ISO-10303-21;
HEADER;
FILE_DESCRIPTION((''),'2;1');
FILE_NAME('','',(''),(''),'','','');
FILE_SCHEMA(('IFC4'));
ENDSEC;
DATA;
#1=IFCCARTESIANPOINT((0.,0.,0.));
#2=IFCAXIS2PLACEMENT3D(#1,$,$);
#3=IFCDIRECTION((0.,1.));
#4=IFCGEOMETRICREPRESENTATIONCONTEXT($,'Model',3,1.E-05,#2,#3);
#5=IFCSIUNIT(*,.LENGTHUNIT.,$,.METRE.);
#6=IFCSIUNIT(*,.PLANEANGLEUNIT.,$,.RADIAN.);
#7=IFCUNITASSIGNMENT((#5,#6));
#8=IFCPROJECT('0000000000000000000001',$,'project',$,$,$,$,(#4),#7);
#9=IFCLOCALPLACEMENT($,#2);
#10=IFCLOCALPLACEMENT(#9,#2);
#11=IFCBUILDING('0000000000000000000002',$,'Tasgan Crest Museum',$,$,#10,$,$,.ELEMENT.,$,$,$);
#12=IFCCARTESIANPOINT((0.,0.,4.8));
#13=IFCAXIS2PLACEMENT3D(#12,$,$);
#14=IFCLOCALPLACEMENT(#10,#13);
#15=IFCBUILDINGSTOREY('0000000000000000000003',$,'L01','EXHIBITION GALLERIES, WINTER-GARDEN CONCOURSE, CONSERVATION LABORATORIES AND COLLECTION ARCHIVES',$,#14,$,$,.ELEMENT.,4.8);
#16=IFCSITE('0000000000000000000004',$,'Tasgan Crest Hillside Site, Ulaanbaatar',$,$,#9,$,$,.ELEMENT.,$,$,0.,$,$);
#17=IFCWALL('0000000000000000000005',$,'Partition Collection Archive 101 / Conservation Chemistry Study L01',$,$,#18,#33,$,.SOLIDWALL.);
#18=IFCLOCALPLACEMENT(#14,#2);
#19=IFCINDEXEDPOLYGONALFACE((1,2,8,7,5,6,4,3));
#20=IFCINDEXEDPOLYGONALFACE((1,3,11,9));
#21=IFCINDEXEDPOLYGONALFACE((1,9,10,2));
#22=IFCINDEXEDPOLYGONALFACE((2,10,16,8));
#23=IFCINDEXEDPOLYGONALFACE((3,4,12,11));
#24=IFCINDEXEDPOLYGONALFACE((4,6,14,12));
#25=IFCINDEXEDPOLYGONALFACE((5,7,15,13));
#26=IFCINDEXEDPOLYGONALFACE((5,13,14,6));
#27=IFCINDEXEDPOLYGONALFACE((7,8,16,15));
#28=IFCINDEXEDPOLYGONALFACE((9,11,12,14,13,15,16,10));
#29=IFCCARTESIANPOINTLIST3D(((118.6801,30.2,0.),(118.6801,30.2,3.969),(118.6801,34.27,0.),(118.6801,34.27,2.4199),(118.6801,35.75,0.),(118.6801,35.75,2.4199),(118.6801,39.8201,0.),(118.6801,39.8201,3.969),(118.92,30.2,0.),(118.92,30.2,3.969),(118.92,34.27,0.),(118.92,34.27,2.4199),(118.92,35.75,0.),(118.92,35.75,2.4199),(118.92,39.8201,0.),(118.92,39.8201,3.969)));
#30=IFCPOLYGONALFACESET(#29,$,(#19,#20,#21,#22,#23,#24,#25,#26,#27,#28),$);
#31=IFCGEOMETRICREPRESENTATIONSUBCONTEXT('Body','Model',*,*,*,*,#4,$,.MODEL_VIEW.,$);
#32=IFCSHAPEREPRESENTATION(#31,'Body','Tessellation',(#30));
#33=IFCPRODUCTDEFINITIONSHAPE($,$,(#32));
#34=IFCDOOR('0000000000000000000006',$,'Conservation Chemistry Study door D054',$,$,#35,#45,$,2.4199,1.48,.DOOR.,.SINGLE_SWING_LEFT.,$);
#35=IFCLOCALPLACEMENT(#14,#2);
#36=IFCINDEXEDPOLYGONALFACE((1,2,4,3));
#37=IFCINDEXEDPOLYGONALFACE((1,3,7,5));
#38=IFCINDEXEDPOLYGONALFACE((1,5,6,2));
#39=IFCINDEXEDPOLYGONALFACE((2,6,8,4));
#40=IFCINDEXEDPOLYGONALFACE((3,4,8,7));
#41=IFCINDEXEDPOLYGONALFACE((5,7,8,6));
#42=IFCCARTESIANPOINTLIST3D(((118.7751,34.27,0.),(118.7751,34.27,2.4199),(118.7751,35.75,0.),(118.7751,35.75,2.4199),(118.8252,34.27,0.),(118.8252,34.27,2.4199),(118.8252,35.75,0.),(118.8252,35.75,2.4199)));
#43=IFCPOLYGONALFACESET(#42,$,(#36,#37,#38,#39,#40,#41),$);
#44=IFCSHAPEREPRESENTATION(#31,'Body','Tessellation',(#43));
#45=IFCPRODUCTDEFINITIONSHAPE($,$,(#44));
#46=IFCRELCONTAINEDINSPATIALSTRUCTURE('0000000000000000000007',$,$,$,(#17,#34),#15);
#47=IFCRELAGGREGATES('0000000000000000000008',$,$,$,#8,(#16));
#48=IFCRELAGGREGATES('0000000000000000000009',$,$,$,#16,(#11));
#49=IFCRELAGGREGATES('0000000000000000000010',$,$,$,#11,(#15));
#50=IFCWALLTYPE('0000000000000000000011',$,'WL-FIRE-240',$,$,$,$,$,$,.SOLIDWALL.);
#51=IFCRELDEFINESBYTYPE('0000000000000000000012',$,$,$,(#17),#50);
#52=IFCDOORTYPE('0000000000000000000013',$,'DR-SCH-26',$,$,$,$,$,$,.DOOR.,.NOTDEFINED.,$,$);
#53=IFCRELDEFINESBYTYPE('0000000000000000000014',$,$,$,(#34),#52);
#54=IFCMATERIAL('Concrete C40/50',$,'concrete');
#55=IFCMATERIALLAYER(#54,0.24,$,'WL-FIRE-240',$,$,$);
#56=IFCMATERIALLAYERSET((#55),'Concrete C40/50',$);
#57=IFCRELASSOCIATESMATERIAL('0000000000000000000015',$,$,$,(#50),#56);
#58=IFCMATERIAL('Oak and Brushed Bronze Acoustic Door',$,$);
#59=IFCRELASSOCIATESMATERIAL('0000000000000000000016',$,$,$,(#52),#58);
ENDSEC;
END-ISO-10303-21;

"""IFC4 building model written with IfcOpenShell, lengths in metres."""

from ifc_helpers import new_model, si_unit, direction, frame, frame_2d, origin, place, context, subcontext, project, spatial, rectangle, extrude, material, layer, layer_set, type_object, element, fill, save


model = new_model("IFC4")

# Units and contexts
model_context = context("Model", 3, precision=1e-05, world=origin(), true_north=direction((0.0, 1.0)))
body_context = subcontext(model_context, "Body", "Model", "MODEL_VIEW")
ifc_project = project(units=[si_unit("LENGTHUNIT", "METRE"), si_unit("PLANEANGLEUNIT", "RADIAN")], contexts=[model_context])

# Site, building, storey
site_placement = place(None, origin())
site = spatial("IfcSite", under=ifc_project, at=site_placement, Name="Tasgan Crest Hillside Site, Ulaanbaatar", CompositionType="ELEMENT", RefElevation=0.0)
building_placement = place(site_placement, origin())
building = spatial("IfcBuilding", under=site, at=building_placement, Name="Tasgan Crest Museum", CompositionType="ELEMENT")
storey_placement = place(building_placement, frame((0.0, 0.0, 4.8)))
storey = spatial("IfcBuildingStorey", under=building, at=storey_placement, Name="L01", Description="EXHIBITION GALLERIES, WINTER-GARDEN CONCOURSE, CONSERVATION LABORATORIES AND COLLECTION ARCHIVES", CompositionType="ELEMENT", Elevation=4.8)

# Wall, opening, door
ifc_material_1 = material(Name="Concrete C40/50", Category="concrete")
ifc_layer_1 = layer(ifc_material_1, 0.24, Name="WL-FIRE-240")
ifc_layer_set_1 = layer_set([ifc_layer_1], Name="Concrete C40/50")
wall_type_1 = type_object("IfcWallType", Name="WL-FIRE-240", PredefinedType="SOLIDWALL", material=ifc_layer_set_1)
wall_1_placement = place(storey_placement, frame((118.8, 30.2, 0.0), z_axis=(0.0, 0.0, 1.0), x_axis=(0.0, 1.0, 0.0)))
wall_1 = element("IfcWall", 1, at=wall_1_placement, inside=storey, type_object=wall_type_1, Name="Partition Collection Archive 101 / Conservation Chemistry Study L01", PredefinedType="SOLIDWALL", context=body_context, shape_type="SweptSolid", body=[
    extrude(rectangle(XDim=9.6201, YDim=0.24, at=frame_2d((4.8101, 0.0))), origin(), (0.0, 0.0, 1.0), 3.969),
])
opening_1_placement = place(wall_1_placement, frame((4.0701, 0.0, 0.0)))
opening_1 = element("IfcOpeningElement", 2, at=opening_1_placement, cuts=wall_1, PredefinedType="OPENING", context=body_context, shape_type="SweptSolid", body=[
    extrude(rectangle(XDim=1.48, YDim=2.4199, at=frame_2d((0.74, 1.21))), frame((0.0, 0.1299, 0.0), z_axis=(0.0, -1.0, 0.0), x_axis=(1.0, 0.0, 0.0)), (0.0, 0.0, 1.0), 0.26),
])
ifc_material_2 = material(Name="Oak and Brushed Bronze Acoustic Door")
door_type_1 = type_object("IfcDoorType", Name="DR-SCH-26", OperationType="NOTDEFINED", PredefinedType="DOOR", material=ifc_material_2)
door_1_placement = place(opening_1_placement, origin())
door_1 = element("IfcDoor", 3, at=door_1_placement, inside=storey, type_object=door_type_1, Name="Conservation Chemistry Study door D054", OperationType="SINGLE_SWING_LEFT", OverallHeight=2.4199, OverallWidth=1.48, PredefinedType="DOOR", context=body_context, shape_type="SweptSolid", body=[
    extrude(rectangle(XDim=1.48, YDim=2.4199, at=frame_2d((0.74, 1.21))), frame((0.0, 0.0249, 0.0), z_axis=(0.0, -1.0, 0.0), x_axis=(1.0, 0.0, 0.0)), (0.0, 0.0, 1.0), 0.05),
])
fill(opening_1, door_1)

save(model, "model.ifc")
